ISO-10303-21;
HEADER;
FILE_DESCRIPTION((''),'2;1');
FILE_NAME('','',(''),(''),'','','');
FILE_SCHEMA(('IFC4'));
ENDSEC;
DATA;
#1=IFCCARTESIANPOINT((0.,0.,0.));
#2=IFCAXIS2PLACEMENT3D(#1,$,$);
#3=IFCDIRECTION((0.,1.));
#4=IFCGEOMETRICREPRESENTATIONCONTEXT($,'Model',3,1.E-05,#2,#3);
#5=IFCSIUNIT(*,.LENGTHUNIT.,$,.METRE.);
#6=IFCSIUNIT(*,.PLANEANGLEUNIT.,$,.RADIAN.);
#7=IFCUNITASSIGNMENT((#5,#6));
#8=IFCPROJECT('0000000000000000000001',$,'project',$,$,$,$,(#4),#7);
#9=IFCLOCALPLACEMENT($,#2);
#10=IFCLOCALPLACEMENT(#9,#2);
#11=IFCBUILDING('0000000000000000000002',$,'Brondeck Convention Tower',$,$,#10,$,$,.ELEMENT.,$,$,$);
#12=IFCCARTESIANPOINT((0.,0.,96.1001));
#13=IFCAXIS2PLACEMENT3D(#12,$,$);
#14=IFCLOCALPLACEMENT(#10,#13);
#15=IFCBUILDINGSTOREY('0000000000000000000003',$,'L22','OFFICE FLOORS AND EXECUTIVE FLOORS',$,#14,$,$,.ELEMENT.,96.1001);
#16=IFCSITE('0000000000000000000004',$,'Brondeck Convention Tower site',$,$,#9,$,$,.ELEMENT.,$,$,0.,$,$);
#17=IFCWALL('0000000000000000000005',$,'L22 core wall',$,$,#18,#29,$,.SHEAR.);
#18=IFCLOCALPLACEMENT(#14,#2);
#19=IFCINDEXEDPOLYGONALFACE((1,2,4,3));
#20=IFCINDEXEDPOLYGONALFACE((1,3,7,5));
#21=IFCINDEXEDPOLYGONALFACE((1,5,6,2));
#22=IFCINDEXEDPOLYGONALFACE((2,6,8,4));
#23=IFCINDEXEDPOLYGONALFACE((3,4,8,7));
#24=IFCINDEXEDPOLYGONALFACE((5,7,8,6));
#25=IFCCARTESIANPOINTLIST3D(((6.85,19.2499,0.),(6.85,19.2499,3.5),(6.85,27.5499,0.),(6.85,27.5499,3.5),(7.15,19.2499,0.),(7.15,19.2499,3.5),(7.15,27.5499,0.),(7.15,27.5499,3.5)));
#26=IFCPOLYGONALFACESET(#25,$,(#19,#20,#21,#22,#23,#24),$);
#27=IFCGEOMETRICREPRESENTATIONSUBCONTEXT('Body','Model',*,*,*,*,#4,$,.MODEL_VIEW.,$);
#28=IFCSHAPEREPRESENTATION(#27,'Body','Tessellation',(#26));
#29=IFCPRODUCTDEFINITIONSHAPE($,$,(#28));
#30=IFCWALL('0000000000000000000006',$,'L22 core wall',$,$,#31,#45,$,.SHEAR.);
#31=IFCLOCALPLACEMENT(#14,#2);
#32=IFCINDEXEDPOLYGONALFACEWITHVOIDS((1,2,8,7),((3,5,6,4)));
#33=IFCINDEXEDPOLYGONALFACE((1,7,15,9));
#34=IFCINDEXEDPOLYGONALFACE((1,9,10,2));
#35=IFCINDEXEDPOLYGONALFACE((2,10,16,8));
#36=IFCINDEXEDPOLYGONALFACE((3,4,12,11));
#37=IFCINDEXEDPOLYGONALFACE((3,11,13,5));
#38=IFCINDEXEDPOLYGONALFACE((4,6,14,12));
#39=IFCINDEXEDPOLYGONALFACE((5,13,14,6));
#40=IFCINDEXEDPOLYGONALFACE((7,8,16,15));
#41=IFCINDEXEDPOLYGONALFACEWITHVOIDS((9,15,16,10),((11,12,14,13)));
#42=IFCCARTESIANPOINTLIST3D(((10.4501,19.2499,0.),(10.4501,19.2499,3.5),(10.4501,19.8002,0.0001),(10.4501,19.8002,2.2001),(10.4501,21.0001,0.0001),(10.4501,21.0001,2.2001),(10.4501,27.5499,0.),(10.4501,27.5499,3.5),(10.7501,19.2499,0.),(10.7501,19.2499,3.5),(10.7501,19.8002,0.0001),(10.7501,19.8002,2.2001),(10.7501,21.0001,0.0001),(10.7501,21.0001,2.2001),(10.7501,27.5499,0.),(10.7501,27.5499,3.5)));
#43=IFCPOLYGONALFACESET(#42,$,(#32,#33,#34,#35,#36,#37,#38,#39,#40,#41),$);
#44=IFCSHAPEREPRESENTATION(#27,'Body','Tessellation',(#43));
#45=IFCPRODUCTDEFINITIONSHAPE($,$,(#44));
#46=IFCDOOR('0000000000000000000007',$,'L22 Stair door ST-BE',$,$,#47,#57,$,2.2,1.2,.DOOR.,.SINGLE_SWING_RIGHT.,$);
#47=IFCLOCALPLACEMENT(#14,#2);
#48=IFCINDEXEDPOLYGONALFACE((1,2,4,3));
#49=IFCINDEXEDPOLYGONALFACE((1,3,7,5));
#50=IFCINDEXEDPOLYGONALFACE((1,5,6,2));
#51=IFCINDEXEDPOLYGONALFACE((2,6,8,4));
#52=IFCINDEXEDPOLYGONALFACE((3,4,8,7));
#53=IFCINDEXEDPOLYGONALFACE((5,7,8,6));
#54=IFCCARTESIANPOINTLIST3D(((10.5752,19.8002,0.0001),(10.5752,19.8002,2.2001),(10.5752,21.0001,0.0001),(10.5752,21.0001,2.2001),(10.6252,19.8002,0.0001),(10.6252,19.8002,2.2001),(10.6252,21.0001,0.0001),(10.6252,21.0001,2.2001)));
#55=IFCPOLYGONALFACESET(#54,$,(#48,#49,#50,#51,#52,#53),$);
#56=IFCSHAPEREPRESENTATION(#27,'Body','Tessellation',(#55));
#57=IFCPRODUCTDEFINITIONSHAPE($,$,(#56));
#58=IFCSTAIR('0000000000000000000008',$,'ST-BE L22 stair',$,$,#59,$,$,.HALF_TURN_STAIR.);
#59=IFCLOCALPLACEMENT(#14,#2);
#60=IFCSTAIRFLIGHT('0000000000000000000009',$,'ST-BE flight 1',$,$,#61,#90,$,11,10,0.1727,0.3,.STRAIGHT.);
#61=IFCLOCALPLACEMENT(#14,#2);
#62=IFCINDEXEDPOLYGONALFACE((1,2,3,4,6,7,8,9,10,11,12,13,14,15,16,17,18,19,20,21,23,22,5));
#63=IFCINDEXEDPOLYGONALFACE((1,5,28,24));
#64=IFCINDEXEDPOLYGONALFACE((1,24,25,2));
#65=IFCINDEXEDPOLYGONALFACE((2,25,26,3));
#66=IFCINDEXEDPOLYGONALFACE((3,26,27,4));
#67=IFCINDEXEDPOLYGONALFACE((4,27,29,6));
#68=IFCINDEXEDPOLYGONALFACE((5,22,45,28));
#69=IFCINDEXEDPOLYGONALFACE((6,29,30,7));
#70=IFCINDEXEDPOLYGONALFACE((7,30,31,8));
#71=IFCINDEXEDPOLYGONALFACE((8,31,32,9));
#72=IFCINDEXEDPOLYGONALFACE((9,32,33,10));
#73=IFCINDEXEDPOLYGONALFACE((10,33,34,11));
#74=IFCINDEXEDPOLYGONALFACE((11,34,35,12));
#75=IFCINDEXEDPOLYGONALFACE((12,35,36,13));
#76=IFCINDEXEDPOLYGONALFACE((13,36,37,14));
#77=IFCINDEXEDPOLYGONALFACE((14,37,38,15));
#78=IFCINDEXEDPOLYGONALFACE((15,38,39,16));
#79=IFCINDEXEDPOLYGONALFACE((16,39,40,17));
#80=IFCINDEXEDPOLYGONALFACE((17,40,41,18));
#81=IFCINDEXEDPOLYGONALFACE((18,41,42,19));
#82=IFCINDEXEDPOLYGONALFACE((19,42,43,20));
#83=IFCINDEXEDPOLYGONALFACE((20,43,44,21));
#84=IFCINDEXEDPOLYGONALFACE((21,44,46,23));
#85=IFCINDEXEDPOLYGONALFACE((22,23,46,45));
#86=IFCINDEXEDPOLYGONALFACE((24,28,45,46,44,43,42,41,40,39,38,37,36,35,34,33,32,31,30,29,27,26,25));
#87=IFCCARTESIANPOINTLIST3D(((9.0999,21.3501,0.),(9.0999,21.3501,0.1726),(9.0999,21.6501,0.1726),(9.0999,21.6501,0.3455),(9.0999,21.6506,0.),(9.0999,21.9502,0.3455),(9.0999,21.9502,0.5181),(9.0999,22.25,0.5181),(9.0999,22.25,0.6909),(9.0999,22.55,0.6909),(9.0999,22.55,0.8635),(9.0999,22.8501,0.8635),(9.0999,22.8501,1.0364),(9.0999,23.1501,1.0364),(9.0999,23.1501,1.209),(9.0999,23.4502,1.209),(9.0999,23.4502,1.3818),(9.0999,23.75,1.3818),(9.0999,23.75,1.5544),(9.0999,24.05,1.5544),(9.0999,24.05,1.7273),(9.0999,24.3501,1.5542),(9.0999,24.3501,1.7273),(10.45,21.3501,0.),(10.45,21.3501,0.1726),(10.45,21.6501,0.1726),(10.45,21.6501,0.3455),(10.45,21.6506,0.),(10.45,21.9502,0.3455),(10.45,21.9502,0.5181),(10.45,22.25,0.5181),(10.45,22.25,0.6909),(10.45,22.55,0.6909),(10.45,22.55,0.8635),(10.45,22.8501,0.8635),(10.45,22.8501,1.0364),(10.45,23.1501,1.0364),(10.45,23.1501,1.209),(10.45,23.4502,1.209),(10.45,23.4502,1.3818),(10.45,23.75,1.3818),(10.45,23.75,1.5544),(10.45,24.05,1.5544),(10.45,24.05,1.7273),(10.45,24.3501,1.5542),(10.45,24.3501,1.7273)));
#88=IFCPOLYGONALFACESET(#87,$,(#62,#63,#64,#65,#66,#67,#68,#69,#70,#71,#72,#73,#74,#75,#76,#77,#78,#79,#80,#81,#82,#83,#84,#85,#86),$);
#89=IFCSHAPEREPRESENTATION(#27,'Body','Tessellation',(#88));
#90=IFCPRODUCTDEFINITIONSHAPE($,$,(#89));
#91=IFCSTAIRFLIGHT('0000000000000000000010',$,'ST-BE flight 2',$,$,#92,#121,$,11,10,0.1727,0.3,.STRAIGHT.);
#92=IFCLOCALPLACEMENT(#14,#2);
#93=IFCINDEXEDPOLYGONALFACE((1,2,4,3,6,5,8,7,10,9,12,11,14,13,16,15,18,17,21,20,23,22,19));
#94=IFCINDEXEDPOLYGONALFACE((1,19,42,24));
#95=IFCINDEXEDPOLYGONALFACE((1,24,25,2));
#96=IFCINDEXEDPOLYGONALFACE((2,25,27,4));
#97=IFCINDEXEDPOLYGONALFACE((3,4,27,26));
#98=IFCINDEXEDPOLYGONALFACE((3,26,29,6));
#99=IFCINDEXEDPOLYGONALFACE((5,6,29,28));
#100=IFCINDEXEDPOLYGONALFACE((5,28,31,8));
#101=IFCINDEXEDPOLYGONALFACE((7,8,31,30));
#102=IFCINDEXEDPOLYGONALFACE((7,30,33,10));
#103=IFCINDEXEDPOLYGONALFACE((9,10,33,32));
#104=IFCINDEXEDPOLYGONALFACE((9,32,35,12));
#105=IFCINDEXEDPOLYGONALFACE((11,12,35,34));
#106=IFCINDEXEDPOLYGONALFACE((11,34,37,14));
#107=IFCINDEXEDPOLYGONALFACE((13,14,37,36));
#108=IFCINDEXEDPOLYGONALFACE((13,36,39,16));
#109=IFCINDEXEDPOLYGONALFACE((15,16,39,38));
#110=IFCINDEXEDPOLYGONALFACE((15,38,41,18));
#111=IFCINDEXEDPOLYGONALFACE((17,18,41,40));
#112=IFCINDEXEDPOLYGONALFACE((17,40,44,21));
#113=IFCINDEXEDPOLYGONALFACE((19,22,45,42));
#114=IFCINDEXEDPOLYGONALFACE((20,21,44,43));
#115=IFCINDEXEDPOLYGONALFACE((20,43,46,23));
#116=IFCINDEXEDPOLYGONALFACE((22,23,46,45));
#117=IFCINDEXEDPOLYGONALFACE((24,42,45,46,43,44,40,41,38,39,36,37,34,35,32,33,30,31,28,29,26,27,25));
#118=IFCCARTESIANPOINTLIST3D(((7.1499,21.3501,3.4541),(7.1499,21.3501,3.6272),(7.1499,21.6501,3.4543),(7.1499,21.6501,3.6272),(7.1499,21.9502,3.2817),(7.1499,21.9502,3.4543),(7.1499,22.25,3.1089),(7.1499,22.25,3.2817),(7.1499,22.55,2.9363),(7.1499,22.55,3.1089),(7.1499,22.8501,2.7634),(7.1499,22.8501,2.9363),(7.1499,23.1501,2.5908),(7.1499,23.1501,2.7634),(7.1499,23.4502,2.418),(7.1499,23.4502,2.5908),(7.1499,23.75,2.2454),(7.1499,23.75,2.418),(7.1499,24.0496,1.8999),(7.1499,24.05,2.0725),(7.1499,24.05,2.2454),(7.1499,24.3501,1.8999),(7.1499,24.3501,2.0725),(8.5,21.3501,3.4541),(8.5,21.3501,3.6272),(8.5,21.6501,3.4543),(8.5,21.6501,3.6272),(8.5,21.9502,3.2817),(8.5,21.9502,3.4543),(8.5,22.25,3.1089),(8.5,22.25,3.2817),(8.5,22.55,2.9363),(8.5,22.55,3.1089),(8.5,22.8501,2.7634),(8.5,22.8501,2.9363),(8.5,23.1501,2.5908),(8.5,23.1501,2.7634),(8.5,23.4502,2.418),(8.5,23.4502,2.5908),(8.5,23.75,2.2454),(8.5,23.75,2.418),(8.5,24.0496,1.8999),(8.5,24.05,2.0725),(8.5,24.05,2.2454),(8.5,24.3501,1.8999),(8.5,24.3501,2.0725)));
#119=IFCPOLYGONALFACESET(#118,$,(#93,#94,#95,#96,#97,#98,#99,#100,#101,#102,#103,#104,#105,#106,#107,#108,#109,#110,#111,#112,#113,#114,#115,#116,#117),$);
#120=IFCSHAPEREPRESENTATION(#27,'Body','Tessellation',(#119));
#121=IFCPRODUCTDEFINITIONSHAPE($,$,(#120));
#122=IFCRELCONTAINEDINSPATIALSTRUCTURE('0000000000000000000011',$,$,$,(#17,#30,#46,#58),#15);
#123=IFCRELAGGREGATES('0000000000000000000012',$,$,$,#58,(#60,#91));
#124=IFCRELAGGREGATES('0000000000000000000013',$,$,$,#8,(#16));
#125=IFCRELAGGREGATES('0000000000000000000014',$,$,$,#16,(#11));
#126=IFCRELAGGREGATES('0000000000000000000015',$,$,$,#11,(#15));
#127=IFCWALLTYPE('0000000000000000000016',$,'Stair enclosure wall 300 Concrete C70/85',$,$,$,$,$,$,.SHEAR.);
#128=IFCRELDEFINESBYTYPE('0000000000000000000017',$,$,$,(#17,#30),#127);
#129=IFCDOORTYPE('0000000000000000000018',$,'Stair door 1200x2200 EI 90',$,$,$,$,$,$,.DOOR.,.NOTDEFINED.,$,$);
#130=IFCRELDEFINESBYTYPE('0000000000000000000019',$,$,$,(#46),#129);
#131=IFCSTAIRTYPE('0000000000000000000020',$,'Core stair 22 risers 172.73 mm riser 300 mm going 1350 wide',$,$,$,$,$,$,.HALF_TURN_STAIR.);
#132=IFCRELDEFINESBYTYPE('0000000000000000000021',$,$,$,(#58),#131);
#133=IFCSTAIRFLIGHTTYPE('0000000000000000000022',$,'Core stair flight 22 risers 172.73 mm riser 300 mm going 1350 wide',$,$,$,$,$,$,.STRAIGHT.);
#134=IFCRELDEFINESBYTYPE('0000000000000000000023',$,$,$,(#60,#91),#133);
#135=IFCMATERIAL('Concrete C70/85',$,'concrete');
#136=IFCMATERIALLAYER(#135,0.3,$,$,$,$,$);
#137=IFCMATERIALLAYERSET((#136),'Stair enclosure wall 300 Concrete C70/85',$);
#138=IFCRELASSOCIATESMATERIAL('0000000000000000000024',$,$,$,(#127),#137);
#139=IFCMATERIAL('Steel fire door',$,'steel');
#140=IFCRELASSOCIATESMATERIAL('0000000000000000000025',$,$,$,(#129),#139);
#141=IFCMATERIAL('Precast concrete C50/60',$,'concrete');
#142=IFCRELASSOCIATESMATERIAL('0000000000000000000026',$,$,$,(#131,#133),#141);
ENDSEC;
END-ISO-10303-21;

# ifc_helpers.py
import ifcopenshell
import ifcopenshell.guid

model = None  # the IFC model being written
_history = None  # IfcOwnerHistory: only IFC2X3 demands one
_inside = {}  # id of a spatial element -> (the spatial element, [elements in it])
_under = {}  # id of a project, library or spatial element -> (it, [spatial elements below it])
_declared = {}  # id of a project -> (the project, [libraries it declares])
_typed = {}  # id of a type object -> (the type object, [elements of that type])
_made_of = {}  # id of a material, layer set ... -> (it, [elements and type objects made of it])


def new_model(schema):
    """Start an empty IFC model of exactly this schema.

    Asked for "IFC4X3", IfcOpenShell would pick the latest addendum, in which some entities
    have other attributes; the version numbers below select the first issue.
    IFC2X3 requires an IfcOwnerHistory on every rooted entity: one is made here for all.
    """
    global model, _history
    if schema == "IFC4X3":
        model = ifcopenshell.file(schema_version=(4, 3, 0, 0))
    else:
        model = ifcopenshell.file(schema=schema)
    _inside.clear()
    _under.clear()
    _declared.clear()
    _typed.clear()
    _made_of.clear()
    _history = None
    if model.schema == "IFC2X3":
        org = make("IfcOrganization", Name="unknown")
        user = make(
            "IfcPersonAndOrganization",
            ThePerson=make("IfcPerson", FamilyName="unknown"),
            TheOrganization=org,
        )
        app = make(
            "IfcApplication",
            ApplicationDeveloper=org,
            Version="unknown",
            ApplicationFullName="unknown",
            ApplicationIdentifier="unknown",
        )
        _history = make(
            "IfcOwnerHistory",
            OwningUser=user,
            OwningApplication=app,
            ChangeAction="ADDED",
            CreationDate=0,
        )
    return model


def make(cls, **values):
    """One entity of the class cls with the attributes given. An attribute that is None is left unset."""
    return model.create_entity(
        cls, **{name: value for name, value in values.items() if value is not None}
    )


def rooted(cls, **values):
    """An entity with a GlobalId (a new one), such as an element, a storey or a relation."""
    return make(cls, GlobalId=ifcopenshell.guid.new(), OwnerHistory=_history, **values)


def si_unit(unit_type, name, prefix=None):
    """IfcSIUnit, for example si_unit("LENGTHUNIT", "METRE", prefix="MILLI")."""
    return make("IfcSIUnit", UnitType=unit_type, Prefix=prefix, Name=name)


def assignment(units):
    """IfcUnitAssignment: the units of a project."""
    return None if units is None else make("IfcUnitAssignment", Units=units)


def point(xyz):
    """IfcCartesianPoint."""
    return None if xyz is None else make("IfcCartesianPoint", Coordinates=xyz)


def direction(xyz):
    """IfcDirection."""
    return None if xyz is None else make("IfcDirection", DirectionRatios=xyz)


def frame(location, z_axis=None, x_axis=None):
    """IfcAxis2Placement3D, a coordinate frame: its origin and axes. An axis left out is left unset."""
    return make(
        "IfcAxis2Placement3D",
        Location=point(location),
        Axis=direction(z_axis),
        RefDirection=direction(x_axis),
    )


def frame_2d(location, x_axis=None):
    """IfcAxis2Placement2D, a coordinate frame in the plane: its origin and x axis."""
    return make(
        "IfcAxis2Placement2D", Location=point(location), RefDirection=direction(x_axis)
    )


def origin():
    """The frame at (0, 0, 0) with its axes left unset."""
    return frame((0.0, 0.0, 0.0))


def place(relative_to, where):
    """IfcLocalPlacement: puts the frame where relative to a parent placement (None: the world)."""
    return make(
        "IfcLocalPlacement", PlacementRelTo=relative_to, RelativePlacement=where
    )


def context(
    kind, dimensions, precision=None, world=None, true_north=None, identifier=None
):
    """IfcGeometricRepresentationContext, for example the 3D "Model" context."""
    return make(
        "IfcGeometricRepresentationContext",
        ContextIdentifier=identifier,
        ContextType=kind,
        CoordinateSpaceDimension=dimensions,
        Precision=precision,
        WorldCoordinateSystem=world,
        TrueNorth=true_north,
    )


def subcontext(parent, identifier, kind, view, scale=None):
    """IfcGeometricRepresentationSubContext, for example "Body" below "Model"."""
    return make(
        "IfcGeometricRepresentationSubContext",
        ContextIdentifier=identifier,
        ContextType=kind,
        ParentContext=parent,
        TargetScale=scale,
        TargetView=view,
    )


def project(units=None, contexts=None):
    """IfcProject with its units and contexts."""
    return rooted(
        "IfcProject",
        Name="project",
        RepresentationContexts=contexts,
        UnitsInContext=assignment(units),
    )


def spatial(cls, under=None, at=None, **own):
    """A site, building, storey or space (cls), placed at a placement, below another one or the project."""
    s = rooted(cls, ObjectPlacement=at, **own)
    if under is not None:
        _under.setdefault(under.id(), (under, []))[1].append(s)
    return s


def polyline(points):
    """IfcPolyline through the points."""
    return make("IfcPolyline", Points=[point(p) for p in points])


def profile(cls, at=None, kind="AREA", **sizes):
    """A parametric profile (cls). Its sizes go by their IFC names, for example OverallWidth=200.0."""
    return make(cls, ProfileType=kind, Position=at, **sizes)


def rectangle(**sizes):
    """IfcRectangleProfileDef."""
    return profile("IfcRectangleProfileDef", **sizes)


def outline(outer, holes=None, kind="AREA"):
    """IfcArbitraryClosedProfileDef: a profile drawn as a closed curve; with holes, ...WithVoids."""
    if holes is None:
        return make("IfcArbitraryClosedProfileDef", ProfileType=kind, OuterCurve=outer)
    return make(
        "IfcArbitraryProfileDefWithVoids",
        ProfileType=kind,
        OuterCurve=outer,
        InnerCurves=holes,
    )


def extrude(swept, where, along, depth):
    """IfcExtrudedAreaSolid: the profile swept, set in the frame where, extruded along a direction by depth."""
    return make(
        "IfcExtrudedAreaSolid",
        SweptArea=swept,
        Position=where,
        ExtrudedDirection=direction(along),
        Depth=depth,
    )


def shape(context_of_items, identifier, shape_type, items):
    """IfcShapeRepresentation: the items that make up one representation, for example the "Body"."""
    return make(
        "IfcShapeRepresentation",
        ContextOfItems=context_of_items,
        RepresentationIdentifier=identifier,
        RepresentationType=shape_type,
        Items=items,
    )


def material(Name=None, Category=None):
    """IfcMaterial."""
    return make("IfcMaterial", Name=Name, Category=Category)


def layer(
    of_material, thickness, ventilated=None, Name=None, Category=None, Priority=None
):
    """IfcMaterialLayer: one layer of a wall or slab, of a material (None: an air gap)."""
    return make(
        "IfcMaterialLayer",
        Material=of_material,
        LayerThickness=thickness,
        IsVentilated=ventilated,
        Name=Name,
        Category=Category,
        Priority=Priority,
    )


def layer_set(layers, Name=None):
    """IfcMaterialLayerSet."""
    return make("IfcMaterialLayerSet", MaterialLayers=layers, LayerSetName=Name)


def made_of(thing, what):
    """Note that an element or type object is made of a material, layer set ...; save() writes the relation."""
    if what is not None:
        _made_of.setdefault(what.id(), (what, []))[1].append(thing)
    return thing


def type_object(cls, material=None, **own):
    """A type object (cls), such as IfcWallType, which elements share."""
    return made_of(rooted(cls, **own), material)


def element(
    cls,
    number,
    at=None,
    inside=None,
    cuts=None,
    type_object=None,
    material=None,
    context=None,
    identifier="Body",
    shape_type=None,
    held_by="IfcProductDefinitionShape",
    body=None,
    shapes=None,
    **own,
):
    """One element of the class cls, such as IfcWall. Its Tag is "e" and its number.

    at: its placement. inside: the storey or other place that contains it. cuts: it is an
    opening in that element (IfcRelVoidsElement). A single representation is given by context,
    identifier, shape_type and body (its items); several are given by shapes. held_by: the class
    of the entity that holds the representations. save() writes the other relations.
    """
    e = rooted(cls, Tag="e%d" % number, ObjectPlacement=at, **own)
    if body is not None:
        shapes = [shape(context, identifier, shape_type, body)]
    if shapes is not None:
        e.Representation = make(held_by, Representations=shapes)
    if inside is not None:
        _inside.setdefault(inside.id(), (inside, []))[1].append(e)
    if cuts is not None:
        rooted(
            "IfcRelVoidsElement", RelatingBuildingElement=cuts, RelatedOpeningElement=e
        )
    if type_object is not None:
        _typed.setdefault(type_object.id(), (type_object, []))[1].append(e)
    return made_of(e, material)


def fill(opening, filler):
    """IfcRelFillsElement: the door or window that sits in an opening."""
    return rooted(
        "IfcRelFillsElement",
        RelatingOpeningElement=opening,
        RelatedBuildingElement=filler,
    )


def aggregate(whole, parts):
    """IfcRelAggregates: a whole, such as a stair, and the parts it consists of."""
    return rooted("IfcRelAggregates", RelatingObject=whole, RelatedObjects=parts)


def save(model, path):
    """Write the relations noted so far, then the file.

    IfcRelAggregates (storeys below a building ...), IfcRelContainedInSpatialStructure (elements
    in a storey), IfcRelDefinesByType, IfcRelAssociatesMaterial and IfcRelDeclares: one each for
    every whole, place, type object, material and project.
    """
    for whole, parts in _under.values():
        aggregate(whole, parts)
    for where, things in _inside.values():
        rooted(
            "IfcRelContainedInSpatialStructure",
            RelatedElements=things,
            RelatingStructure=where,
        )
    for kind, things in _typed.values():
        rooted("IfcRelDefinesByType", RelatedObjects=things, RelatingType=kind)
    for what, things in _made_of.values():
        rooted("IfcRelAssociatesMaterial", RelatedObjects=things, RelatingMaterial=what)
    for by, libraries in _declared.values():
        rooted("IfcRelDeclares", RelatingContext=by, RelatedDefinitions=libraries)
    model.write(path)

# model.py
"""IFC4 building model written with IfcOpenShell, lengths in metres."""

from ifc_helpers import new_model, si_unit, direction, frame, frame_2d, origin, place, context, subcontext, project, spatial, polyline, rectangle, outline, extrude, material, layer, layer_set, type_object, element, fill, aggregate, save


model = new_model("IFC4")

# Units and contexts
model_context = context("Model", 3, precision=1e-05, world=origin(), true_north=direction((0.0, 1.0)))
body_context = subcontext(model_context, "Body", "Model", "MODEL_VIEW")
ifc_project = project(units=[si_unit("LENGTHUNIT", "METRE"), si_unit("PLANEANGLEUNIT", "RADIAN")], contexts=[model_context])

# Site, building, storey
site_placement = place(None, origin())
site = spatial("IfcSite", under=ifc_project, at=site_placement, Name="Brondeck Convention Tower site", CompositionType="ELEMENT", RefElevation=0.0)
building_placement = place(site_placement, origin())
building = spatial("IfcBuilding", under=site, at=building_placement, Name="Brondeck Convention Tower", CompositionType="ELEMENT")
storey_placement = place(building_placement, frame((0.0, 0.0, 96.1001)))
storey = spatial("IfcBuildingStorey", under=building, at=storey_placement, Name="L22", Description="OFFICE FLOORS AND EXECUTIVE FLOORS", CompositionType="ELEMENT", Elevation=96.1001)

# Shared definitions
ifc_material_1 = material(Name="Concrete C70/85", Category="concrete")

# Wall
ifc_layer_1 = layer(ifc_material_1, 0.3)
ifc_layer_set_1 = layer_set([ifc_layer_1], Name="Stair enclosure wall 300 Concrete C70/85")
wall_type_1 = type_object("IfcWallType", Name="Stair enclosure wall 300 Concrete C70/85", PredefinedType="SHEAR", material=ifc_layer_set_1)
wall_1_placement = place(storey_placement, frame((7.0, 19.25, 0.0), z_axis=(0.0, 0.0, 1.0), x_axis=(0.0, 1.0, 0.0)))
element("IfcWall", 1, at=wall_1_placement, inside=storey, type_object=wall_type_1, Name="L22 core wall", PredefinedType="SHEAR", context=body_context, shape_type="SweptSolid", body=[
    extrude(rectangle(XDim=8.3, YDim=0.3, at=frame_2d((4.1499, 0.0))), origin(), (0.0, 0.0, 1.0), 3.5),
])

# Wall, opening, door
wall_2_placement = place(storey_placement, frame((10.6001, 19.25, 0.0), z_axis=(0.0, 0.0, 1.0), x_axis=(0.0, 1.0, 0.0)))
wall_2 = element("IfcWall", 2, at=wall_2_placement, inside=storey, type_object=wall_type_1, Name="L22 core wall", PredefinedType="SHEAR", context=body_context, shape_type="SweptSolid", body=[
    extrude(rectangle(XDim=8.3, YDim=0.3, at=frame_2d((4.1499, 0.0))), origin(), (0.0, 0.0, 1.0), 3.5),
])
opening_1_placement = place(wall_2_placement, frame((0.55, 0.0, 0.0)))
opening_1 = element("IfcOpeningElement", 3, at=opening_1_placement, cuts=wall_2, PredefinedType="OPENING", context=body_context, shape_type="SweptSolid", body=[
    extrude(rectangle(XDim=1.2, YDim=2.2, at=frame_2d((0.6001, 1.1001))), frame((0.0, 0.1599, 0.0), z_axis=(0.0, -1.0, 0.0), x_axis=(1.0, 0.0, 0.0)), (0.0, 0.0, 1.0), 0.3201),
])
ifc_material_2 = material(Name="Steel fire door", Category="steel")
door_type = type_object("IfcDoorType", Name="Stair door 1200x2200 EI 90", OperationType="NOTDEFINED", PredefinedType="DOOR", material=ifc_material_2)
door_placement = place(opening_1_placement, origin())
door = element("IfcDoor", 4, at=door_placement, inside=storey, type_object=door_type, Name="L22 Stair door ST-BE", OperationType="SINGLE_SWING_RIGHT", OverallHeight=2.2, OverallWidth=1.2, PredefinedType="DOOR", context=body_context, shape_type="SweptSolid", body=[
    extrude(rectangle(XDim=1.2, YDim=2.2, at=frame_2d((0.6001, 1.1001))), frame((0.0, 0.0249, 0.0), z_axis=(0.0, -1.0, 0.0), x_axis=(1.0, 0.0, 0.0)), (0.0, 0.0, 1.0), 0.05),
])
fill(opening_1, door)

# Stair, stair flights
ifc_material_3 = material(Name="Precast concrete C50/60", Category="concrete")
stair_type = type_object("IfcStairType", Name="Core stair 22 risers 172.73 mm riser 300 mm going 1350 wide", PredefinedType="HALF_TURN_STAIR", material=ifc_material_3)
stair_placement = place(storey_placement, origin())
stair = element("IfcStair", 5, at=stair_placement, inside=storey, type_object=stair_type, Name="ST-BE L22 stair", PredefinedType="HALF_TURN_STAIR")
stair_flight_type = type_object("IfcStairFlightType", Name="Core stair flight 22 risers 172.73 mm riser 300 mm going 1350 wide", PredefinedType="STRAIGHT", material=ifc_material_3)
stair_flight_1_placement = place(storey_placement, frame((9.7749, 21.3501, 0.0), z_axis=(0.0, 0.0, 1.0), x_axis=(0.0, 1.0, 0.0)))
stair_flight_1 = element("IfcStairFlight", 6, at=stair_flight_1_placement, type_object=stair_flight_type, Name="ST-BE flight 1", NumberOfRisers=11, NumberOfTreads=10, PredefinedType="STRAIGHT", RiserHeight=0.1727, TreadLength=0.3, context=body_context, shape_type="SweptSolid", body=[
    extrude(outline(polyline([(0.0, 0.0), (0.0, 0.1726), (0.3, 0.1726), (0.3, 0.3455), (0.6001, 0.3455), (0.6001, 0.5181), (0.8999, 0.5181), (0.8999, 0.6909), (1.2, 0.6909), (1.2, 0.8635), (1.5, 0.8635), (1.5, 1.0364), (1.8, 1.0364), (1.8, 1.209), (2.1001, 1.209), (2.1001, 1.3818), (2.3999, 1.3818), (2.3999, 1.5544), (2.7, 1.5544), (2.7, 1.7273), (3.0, 1.7273), (3.0, 1.8999), (3.0, 1.5542), (0.3005, 0.0), (0.0, 0.0)])), frame((0.0, 0.675, 0.0), z_axis=(0.0, -1.0, 0.0), x_axis=(1.0, 0.0, 0.0)), (0.0, 0.0, 1.0), 1.3501),
])
stair_flight_2_placement = place(storey_placement, frame((7.825, 24.3501, 1.8999), z_axis=(0.0, 0.0, 1.0), x_axis=(0.0, -1.0, 0.0)))
stair_flight_2 = element("IfcStairFlight", 7, at=stair_flight_2_placement, type_object=stair_flight_type, Name="ST-BE flight 2", NumberOfRisers=11, NumberOfTreads=10, PredefinedType="STRAIGHT", RiserHeight=0.1727, TreadLength=0.3, context=body_context, shape_type="SweptSolid", body=[
    extrude(outline(polyline([(0.0, 0.0), (0.0, 0.1726), (0.3, 0.1726), (0.3, 0.3455), (0.6001, 0.3455), (0.6001, 0.5181), (0.8999, 0.5181), (0.8999, 0.6909), (1.2, 0.6909), (1.2, 0.8635), (1.5, 0.8635), (1.5, 1.0364), (1.8, 1.0364), (1.8, 1.209), (2.1001, 1.209), (2.1001, 1.3818), (2.3999, 1.3818), (2.3999, 1.5544), (2.7, 1.5544), (2.7, 1.7273), (3.0, 1.7273), (3.0, 1.8999), (3.0, 1.5542), (0.3005, 0.0), (0.0, 0.0)])), frame((0.0, 0.675, 0.0), z_axis=(0.0, -1.0, 0.0), x_axis=(1.0, 0.0, 0.0)), (0.0, 0.0, 1.0), 1.3501),
])
aggregate(stair, [stair_flight_1, stair_flight_2])

save(model, "model.ifc")
